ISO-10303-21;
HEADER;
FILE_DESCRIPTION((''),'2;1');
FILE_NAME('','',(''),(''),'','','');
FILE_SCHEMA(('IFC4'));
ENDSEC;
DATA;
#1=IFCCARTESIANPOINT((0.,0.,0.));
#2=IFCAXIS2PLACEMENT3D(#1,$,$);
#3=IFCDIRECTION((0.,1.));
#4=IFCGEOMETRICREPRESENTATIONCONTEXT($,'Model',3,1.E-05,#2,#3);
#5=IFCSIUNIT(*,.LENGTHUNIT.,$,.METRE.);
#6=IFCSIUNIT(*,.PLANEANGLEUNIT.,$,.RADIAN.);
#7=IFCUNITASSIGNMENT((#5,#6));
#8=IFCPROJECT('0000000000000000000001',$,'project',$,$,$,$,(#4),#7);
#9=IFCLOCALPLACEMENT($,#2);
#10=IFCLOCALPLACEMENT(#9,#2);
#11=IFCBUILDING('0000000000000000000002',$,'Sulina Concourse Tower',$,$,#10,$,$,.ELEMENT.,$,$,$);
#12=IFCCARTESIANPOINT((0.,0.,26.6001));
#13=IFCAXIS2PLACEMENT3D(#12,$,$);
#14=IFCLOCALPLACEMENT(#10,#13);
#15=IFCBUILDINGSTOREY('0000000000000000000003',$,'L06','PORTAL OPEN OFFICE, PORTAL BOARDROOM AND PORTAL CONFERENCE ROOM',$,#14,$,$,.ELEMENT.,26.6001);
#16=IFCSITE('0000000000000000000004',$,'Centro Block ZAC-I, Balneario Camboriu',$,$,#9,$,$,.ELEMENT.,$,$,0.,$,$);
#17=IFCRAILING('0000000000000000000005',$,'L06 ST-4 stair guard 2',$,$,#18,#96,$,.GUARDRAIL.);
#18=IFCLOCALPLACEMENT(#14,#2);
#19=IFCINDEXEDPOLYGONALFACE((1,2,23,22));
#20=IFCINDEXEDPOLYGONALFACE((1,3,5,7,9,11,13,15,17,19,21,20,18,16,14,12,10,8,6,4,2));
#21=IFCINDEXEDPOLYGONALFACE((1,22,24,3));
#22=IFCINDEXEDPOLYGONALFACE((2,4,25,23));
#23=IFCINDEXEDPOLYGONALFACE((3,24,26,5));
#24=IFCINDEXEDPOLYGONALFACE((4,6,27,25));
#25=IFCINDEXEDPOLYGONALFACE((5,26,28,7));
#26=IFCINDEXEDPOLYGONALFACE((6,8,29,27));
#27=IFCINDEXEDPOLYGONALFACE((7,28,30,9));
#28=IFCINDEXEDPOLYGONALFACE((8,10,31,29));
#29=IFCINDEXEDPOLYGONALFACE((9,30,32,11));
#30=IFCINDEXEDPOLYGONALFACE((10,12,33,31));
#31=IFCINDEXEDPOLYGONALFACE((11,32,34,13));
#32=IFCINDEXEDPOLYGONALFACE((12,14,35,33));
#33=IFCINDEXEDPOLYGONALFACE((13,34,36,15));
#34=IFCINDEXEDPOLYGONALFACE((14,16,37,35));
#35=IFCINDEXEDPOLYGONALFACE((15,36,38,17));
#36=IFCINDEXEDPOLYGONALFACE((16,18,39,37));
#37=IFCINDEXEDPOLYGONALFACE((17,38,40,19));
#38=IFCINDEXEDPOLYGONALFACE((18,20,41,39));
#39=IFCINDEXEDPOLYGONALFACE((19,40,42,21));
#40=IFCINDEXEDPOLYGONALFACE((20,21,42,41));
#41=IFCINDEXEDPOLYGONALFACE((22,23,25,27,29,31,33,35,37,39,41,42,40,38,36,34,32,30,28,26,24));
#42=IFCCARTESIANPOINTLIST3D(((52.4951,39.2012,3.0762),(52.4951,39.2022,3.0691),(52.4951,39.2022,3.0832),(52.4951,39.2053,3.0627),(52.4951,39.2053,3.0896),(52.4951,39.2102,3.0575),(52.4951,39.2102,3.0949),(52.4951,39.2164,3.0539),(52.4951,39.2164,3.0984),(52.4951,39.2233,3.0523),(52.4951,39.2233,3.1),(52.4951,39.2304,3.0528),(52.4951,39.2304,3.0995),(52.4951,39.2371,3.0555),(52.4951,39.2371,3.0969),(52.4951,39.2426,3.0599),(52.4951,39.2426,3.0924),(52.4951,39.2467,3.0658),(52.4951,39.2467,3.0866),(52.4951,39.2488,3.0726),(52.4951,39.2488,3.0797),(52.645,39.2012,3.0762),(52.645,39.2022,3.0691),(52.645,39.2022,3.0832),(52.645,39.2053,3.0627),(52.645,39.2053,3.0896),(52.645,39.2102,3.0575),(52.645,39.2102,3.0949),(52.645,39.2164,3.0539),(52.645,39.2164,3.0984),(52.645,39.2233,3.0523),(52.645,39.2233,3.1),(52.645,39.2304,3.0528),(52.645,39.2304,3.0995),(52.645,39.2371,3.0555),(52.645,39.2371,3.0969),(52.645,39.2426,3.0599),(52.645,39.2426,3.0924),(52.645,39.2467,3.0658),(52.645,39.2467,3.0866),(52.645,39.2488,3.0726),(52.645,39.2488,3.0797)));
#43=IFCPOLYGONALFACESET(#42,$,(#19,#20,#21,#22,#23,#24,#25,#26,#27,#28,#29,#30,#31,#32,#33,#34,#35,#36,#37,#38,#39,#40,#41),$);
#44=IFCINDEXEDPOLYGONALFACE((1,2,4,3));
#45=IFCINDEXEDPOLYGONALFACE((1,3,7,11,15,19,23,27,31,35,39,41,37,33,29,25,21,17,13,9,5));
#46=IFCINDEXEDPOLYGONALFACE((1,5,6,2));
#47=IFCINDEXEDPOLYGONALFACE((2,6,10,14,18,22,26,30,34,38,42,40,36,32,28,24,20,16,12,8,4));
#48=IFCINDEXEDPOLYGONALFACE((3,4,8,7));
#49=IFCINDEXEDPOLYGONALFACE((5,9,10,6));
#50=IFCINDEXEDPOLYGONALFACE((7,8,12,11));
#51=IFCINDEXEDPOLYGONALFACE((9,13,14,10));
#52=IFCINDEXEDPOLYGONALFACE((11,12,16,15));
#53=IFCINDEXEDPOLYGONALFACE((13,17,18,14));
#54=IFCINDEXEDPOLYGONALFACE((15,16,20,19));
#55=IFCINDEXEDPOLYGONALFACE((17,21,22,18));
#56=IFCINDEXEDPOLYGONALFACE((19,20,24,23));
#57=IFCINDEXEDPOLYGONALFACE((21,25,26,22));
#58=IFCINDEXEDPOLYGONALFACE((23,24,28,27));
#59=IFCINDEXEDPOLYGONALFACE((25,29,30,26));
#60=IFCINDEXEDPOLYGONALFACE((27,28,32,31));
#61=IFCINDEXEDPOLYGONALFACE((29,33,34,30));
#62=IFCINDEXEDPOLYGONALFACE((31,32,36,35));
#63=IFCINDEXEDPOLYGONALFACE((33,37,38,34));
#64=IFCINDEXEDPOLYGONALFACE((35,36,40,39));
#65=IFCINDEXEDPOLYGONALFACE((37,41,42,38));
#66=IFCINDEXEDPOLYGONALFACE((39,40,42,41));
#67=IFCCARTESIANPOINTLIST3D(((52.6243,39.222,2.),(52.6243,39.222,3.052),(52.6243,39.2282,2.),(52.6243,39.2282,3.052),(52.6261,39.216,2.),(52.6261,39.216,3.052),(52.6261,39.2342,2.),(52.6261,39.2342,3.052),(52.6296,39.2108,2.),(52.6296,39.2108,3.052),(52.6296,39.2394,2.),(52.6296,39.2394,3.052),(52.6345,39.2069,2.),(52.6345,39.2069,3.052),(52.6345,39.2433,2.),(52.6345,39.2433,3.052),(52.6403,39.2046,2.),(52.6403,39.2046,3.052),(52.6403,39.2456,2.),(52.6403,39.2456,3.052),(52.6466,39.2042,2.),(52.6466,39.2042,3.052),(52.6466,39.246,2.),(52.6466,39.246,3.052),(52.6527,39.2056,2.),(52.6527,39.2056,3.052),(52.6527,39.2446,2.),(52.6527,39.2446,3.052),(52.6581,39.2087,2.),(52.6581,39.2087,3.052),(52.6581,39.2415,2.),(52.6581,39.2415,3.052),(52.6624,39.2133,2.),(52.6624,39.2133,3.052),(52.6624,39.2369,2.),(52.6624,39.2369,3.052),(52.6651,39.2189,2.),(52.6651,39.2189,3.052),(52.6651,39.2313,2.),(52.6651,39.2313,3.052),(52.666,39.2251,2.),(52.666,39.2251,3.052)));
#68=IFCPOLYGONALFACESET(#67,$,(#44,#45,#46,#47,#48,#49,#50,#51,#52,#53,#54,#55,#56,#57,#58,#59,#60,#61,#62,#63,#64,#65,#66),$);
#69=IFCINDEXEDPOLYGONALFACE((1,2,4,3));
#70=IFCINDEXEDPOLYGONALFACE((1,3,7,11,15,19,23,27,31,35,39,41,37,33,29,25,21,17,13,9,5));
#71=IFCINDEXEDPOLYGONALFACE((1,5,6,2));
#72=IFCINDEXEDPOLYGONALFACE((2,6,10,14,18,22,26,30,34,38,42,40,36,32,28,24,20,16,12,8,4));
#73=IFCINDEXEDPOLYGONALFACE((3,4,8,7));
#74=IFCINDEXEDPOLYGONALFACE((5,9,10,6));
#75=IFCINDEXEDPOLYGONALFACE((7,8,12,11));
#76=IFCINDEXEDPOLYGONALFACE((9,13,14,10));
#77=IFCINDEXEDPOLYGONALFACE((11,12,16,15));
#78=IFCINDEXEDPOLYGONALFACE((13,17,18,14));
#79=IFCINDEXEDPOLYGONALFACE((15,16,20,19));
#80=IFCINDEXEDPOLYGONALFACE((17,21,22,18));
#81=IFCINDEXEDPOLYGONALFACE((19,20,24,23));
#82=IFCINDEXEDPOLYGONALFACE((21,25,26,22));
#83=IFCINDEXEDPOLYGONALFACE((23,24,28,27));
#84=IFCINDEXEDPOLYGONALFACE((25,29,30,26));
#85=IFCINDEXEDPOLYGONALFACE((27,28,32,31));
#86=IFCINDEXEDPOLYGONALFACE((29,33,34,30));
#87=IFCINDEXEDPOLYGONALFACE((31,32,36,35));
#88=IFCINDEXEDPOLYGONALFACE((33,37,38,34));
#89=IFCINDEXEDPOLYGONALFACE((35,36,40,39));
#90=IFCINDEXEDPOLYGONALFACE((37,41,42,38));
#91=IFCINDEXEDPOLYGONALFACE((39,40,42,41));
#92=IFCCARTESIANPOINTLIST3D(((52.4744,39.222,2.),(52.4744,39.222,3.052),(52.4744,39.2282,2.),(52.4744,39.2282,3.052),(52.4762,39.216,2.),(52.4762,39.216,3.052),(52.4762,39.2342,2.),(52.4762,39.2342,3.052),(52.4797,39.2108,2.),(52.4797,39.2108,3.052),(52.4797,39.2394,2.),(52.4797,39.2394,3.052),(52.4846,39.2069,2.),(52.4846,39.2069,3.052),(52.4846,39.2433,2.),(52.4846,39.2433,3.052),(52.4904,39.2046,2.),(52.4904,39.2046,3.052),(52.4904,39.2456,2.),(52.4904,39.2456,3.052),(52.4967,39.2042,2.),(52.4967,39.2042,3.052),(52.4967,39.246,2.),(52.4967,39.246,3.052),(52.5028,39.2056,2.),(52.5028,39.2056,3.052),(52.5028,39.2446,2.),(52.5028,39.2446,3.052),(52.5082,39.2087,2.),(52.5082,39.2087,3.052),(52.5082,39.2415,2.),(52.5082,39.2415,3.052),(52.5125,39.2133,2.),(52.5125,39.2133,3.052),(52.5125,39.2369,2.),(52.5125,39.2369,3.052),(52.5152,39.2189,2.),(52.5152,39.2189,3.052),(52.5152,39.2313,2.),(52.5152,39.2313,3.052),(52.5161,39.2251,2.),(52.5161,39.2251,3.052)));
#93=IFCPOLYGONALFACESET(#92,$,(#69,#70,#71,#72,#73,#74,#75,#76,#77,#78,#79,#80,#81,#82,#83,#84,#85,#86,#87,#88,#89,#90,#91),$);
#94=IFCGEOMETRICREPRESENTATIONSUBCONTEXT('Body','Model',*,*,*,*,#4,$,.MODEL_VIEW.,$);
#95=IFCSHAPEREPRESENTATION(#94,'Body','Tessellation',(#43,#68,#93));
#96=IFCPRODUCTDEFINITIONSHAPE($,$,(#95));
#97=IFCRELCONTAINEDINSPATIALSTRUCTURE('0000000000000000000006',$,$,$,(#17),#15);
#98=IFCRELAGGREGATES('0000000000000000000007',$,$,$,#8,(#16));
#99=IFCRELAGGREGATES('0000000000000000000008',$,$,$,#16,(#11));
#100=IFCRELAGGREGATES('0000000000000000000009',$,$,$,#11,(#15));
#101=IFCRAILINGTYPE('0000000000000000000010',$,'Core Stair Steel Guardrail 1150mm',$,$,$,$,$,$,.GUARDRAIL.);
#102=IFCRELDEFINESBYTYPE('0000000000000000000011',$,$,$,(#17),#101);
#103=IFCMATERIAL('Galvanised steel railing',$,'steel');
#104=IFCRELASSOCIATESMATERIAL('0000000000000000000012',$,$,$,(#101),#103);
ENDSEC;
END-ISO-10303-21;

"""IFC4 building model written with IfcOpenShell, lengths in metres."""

from ifc_helpers import new_model, si_unit, direction, frame, origin, origin_2d, place, context, subcontext, project, spatial, circle, extrude, material, type_object, element, save


model = new_model("IFC4")

# Units and contexts
model_context = context("Model", 3, precision=1e-05, world=origin(), true_north=direction((0.0, 1.0)))
body_context = subcontext(model_context, "Body", "Model", "MODEL_VIEW")
ifc_project = project(units=[si_unit("LENGTHUNIT", "METRE"), si_unit("PLANEANGLEUNIT", "RADIAN")], contexts=[model_context])

# Site, building, storey
site_placement = place(None, origin())
site = spatial("IfcSite", under=ifc_project, at=site_placement, Name="Centro Block ZAC-I, Balneario Camboriu", CompositionType="ELEMENT", RefElevation=0.0)
building_placement = place(site_placement, origin())
building = spatial("IfcBuilding", under=site, at=building_placement, Name="Sulina Concourse Tower", CompositionType="ELEMENT")
storey_placement = place(building_placement, frame((0.0, 0.0, 26.6001)))
storey = spatial("IfcBuildingStorey", under=building, at=storey_placement, Name="L06", Description="PORTAL OPEN OFFICE, PORTAL BOARDROOM AND PORTAL CONFERENCE ROOM", CompositionType="ELEMENT", Elevation=26.6001)

# Railing
ifc_material_1 = material(Name="Galvanised steel railing", Category="steel")
railing_type_1 = type_object("IfcRailingType", Name="Core Stair Steel Guardrail 1150mm", PredefinedType="GUARDRAIL", material=ifc_material_1)
railing_1_placement = place(storey_placement, frame((52.645, 39.2251, 2.0)))
element("IfcRailing", 1, at=railing_1_placement, inside=storey, type_object=railing_type_1, Name="L06 ST-4 stair guard 2", PredefinedType="GUARDRAIL", context=body_context, shape_type="SweptSolid", body=[
    extrude(circle(Radius=0.0239, at=origin_2d()), frame((0.0, 0.0, 1.0762), z_axis=(-1.0, 0.0, 0.0), x_axis=(0.0, -1.0, 0.0)), (0.0, 0.0, 1.0), 0.1499),
    extrude(circle(Radius=0.021, at=origin_2d()), origin(), (0.0, 0.0, 1.0), 1.052),
    extrude(circle(Radius=0.021, at=origin_2d()), frame((-0.1499, 0.0, 0.0)), (0.0, 0.0, 1.0), 1.052),
])

save(model, "model.ifc")
